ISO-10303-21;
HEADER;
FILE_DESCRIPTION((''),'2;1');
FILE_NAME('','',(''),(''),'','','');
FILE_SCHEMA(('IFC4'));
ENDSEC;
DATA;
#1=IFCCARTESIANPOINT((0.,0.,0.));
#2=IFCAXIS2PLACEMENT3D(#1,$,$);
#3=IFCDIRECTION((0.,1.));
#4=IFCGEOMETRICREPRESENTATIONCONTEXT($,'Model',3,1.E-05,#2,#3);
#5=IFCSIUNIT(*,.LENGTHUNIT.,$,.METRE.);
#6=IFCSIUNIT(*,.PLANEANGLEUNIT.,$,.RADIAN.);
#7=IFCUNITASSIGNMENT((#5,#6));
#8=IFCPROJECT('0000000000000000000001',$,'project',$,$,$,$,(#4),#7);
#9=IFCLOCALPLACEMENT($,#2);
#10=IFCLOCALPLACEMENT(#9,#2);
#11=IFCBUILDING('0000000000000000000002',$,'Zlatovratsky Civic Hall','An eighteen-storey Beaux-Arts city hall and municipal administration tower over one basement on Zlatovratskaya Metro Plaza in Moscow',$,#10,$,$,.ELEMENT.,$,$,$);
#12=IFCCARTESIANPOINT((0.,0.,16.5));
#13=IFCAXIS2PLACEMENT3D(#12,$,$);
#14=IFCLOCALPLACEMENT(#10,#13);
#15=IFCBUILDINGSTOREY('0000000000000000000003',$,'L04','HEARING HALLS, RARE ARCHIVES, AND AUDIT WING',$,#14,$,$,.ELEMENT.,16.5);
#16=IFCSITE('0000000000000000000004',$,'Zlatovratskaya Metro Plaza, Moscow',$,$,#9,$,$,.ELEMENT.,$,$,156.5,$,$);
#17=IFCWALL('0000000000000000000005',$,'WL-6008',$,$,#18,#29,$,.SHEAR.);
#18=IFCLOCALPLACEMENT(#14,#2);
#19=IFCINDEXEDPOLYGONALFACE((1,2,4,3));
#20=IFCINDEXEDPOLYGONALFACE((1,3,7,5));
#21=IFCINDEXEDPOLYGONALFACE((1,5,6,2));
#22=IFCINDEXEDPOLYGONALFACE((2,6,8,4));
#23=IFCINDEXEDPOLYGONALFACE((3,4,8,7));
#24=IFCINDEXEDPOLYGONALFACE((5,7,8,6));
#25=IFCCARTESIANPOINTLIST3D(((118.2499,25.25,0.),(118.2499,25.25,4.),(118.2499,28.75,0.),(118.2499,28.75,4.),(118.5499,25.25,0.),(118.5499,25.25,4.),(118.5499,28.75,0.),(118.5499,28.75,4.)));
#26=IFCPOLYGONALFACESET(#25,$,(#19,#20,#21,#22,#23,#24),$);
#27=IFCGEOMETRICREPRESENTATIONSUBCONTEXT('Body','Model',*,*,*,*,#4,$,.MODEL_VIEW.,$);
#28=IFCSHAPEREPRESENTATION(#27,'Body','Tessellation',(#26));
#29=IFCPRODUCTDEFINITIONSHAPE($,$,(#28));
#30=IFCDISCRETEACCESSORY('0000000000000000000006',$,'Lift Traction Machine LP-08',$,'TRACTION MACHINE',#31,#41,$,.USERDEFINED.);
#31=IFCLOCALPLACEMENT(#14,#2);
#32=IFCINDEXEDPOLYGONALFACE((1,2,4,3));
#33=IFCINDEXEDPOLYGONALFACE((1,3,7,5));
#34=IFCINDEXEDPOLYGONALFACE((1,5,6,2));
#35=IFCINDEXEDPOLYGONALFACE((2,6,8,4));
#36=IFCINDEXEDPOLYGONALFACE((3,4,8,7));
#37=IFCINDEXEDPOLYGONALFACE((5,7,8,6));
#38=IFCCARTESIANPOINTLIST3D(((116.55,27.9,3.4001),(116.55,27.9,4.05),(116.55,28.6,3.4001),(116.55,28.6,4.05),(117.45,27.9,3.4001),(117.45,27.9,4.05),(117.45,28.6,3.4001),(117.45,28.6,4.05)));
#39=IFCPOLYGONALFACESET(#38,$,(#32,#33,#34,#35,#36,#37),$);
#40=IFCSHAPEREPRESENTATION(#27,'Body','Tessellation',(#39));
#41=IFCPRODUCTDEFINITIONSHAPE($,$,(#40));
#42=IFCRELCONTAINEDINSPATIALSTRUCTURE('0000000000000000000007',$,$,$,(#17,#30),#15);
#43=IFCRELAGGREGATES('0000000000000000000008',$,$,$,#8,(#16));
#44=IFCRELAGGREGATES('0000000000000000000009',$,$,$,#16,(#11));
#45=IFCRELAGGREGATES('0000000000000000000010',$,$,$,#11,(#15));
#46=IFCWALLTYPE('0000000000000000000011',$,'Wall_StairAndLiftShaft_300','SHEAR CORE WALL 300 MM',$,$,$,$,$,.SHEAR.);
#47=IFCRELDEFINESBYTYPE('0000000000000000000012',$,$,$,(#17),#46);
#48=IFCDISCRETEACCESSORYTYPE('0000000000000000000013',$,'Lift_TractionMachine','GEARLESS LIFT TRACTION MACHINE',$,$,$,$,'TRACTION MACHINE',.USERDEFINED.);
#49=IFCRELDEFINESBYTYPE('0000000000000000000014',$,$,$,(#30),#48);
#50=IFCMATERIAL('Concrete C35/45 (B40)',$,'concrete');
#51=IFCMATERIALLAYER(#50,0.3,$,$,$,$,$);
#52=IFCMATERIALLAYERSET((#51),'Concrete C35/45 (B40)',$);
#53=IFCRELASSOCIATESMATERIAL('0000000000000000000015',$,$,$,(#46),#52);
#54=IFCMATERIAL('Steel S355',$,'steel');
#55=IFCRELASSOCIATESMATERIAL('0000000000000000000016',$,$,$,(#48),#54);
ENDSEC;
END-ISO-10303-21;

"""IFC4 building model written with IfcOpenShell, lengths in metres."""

from ifc_helpers import new_model, si_unit, direction, frame, frame_2d, origin, origin_2d, place, context, subcontext, project, spatial, rectangle, extrude, material, layer, layer_set, type_object, element, save


model = new_model("IFC4")

# Units and contexts
model_context = context("Model", 3, precision=1e-05, world=origin(), true_north=direction((0.0, 1.0)))
body_context = subcontext(model_context, "Body", "Model", "MODEL_VIEW")
ifc_project = project(units=[si_unit("LENGTHUNIT", "METRE"), si_unit("PLANEANGLEUNIT", "RADIAN")], contexts=[model_context])

# Site, building, storey
site_placement = place(None, origin())
site = spatial("IfcSite", under=ifc_project, at=site_placement, Name="Zlatovratskaya Metro Plaza, Moscow", CompositionType="ELEMENT", RefElevation=156.5)
building_placement = place(site_placement, origin())
building = spatial("IfcBuilding", under=site, at=building_placement, Name="Zlatovratsky Civic Hall", Description="An eighteen-storey Beaux-Arts city hall and municipal administration tower over one basement on Zlatovratskaya Metro Plaza in Moscow", CompositionType="ELEMENT")
storey_placement = place(building_placement, frame((0.0, 0.0, 16.5)))
storey = spatial("IfcBuildingStorey", under=building, at=storey_placement, Name="L04", Description="HEARING HALLS, RARE ARCHIVES, AND AUDIT WING", CompositionType="ELEMENT", Elevation=16.5)

# Shared definitions
ifc_material_1 = material(Name="Steel S355", Category="steel")

# Shared definitions
ifc_material_2 = material(Name="Concrete C35/45 (B40)", Category="concrete")
ifc_layer_1 = layer(ifc_material_2, 0.3)
ifc_layer_set_1 = layer_set([ifc_layer_1], Name="Concrete C35/45 (B40)")
wall_type = type_object("IfcWallType", Name="Wall_StairAndLiftShaft_300", Description="SHEAR CORE WALL 300 MM", PredefinedType="SHEAR", material=ifc_layer_set_1)

# Wall
for number, where, z_axis, x_axis, name in (
    (1, (118.3999, 25.25, 0.0), (0.0, 0.0, 1.0), (0.0, 1.0, 0.0), "WL-6008"),
):
    element("IfcWall", number, at=place(storey_placement, frame(where, z_axis=z_axis, x_axis=x_axis)), inside=storey, type_object=wall_type, Name=name, PredefinedType="SHEAR", context=body_context, shape_type="SweptSolid", body=[
        extrude(rectangle(XDim=3.5, YDim=0.3, at=frame_2d((1.75, 0.0))), origin(), (0.0, 0.0, 1.0), 4.0),
    ])

# Discrete accessory
discrete_accessory_type = type_object("IfcDiscreteAccessoryType", Name="Lift_TractionMachine", Description="GEARLESS LIFT TRACTION MACHINE", ElementType="TRACTION MACHINE", PredefinedType="USERDEFINED", material=ifc_material_1)
discrete_accessory_placement = place(storey_placement, frame((117.0, 28.25, 3.4001), z_axis=(0.0, 0.0, 1.0), x_axis=(1.0, 0.0, 0.0)))
element("IfcDiscreteAccessory", 2, at=discrete_accessory_placement, inside=storey, type_object=discrete_accessory_type, Name="Lift Traction Machine LP-08", ObjectType="TRACTION MACHINE", PredefinedType="USERDEFINED", context=body_context, shape_type="SweptSolid", body=[
    extrude(rectangle(XDim=0.8999, YDim=0.7, at=origin_2d()), origin(), (0.0, 0.0, 1.0), 0.6499),
])

save(model, "model.ifc")
